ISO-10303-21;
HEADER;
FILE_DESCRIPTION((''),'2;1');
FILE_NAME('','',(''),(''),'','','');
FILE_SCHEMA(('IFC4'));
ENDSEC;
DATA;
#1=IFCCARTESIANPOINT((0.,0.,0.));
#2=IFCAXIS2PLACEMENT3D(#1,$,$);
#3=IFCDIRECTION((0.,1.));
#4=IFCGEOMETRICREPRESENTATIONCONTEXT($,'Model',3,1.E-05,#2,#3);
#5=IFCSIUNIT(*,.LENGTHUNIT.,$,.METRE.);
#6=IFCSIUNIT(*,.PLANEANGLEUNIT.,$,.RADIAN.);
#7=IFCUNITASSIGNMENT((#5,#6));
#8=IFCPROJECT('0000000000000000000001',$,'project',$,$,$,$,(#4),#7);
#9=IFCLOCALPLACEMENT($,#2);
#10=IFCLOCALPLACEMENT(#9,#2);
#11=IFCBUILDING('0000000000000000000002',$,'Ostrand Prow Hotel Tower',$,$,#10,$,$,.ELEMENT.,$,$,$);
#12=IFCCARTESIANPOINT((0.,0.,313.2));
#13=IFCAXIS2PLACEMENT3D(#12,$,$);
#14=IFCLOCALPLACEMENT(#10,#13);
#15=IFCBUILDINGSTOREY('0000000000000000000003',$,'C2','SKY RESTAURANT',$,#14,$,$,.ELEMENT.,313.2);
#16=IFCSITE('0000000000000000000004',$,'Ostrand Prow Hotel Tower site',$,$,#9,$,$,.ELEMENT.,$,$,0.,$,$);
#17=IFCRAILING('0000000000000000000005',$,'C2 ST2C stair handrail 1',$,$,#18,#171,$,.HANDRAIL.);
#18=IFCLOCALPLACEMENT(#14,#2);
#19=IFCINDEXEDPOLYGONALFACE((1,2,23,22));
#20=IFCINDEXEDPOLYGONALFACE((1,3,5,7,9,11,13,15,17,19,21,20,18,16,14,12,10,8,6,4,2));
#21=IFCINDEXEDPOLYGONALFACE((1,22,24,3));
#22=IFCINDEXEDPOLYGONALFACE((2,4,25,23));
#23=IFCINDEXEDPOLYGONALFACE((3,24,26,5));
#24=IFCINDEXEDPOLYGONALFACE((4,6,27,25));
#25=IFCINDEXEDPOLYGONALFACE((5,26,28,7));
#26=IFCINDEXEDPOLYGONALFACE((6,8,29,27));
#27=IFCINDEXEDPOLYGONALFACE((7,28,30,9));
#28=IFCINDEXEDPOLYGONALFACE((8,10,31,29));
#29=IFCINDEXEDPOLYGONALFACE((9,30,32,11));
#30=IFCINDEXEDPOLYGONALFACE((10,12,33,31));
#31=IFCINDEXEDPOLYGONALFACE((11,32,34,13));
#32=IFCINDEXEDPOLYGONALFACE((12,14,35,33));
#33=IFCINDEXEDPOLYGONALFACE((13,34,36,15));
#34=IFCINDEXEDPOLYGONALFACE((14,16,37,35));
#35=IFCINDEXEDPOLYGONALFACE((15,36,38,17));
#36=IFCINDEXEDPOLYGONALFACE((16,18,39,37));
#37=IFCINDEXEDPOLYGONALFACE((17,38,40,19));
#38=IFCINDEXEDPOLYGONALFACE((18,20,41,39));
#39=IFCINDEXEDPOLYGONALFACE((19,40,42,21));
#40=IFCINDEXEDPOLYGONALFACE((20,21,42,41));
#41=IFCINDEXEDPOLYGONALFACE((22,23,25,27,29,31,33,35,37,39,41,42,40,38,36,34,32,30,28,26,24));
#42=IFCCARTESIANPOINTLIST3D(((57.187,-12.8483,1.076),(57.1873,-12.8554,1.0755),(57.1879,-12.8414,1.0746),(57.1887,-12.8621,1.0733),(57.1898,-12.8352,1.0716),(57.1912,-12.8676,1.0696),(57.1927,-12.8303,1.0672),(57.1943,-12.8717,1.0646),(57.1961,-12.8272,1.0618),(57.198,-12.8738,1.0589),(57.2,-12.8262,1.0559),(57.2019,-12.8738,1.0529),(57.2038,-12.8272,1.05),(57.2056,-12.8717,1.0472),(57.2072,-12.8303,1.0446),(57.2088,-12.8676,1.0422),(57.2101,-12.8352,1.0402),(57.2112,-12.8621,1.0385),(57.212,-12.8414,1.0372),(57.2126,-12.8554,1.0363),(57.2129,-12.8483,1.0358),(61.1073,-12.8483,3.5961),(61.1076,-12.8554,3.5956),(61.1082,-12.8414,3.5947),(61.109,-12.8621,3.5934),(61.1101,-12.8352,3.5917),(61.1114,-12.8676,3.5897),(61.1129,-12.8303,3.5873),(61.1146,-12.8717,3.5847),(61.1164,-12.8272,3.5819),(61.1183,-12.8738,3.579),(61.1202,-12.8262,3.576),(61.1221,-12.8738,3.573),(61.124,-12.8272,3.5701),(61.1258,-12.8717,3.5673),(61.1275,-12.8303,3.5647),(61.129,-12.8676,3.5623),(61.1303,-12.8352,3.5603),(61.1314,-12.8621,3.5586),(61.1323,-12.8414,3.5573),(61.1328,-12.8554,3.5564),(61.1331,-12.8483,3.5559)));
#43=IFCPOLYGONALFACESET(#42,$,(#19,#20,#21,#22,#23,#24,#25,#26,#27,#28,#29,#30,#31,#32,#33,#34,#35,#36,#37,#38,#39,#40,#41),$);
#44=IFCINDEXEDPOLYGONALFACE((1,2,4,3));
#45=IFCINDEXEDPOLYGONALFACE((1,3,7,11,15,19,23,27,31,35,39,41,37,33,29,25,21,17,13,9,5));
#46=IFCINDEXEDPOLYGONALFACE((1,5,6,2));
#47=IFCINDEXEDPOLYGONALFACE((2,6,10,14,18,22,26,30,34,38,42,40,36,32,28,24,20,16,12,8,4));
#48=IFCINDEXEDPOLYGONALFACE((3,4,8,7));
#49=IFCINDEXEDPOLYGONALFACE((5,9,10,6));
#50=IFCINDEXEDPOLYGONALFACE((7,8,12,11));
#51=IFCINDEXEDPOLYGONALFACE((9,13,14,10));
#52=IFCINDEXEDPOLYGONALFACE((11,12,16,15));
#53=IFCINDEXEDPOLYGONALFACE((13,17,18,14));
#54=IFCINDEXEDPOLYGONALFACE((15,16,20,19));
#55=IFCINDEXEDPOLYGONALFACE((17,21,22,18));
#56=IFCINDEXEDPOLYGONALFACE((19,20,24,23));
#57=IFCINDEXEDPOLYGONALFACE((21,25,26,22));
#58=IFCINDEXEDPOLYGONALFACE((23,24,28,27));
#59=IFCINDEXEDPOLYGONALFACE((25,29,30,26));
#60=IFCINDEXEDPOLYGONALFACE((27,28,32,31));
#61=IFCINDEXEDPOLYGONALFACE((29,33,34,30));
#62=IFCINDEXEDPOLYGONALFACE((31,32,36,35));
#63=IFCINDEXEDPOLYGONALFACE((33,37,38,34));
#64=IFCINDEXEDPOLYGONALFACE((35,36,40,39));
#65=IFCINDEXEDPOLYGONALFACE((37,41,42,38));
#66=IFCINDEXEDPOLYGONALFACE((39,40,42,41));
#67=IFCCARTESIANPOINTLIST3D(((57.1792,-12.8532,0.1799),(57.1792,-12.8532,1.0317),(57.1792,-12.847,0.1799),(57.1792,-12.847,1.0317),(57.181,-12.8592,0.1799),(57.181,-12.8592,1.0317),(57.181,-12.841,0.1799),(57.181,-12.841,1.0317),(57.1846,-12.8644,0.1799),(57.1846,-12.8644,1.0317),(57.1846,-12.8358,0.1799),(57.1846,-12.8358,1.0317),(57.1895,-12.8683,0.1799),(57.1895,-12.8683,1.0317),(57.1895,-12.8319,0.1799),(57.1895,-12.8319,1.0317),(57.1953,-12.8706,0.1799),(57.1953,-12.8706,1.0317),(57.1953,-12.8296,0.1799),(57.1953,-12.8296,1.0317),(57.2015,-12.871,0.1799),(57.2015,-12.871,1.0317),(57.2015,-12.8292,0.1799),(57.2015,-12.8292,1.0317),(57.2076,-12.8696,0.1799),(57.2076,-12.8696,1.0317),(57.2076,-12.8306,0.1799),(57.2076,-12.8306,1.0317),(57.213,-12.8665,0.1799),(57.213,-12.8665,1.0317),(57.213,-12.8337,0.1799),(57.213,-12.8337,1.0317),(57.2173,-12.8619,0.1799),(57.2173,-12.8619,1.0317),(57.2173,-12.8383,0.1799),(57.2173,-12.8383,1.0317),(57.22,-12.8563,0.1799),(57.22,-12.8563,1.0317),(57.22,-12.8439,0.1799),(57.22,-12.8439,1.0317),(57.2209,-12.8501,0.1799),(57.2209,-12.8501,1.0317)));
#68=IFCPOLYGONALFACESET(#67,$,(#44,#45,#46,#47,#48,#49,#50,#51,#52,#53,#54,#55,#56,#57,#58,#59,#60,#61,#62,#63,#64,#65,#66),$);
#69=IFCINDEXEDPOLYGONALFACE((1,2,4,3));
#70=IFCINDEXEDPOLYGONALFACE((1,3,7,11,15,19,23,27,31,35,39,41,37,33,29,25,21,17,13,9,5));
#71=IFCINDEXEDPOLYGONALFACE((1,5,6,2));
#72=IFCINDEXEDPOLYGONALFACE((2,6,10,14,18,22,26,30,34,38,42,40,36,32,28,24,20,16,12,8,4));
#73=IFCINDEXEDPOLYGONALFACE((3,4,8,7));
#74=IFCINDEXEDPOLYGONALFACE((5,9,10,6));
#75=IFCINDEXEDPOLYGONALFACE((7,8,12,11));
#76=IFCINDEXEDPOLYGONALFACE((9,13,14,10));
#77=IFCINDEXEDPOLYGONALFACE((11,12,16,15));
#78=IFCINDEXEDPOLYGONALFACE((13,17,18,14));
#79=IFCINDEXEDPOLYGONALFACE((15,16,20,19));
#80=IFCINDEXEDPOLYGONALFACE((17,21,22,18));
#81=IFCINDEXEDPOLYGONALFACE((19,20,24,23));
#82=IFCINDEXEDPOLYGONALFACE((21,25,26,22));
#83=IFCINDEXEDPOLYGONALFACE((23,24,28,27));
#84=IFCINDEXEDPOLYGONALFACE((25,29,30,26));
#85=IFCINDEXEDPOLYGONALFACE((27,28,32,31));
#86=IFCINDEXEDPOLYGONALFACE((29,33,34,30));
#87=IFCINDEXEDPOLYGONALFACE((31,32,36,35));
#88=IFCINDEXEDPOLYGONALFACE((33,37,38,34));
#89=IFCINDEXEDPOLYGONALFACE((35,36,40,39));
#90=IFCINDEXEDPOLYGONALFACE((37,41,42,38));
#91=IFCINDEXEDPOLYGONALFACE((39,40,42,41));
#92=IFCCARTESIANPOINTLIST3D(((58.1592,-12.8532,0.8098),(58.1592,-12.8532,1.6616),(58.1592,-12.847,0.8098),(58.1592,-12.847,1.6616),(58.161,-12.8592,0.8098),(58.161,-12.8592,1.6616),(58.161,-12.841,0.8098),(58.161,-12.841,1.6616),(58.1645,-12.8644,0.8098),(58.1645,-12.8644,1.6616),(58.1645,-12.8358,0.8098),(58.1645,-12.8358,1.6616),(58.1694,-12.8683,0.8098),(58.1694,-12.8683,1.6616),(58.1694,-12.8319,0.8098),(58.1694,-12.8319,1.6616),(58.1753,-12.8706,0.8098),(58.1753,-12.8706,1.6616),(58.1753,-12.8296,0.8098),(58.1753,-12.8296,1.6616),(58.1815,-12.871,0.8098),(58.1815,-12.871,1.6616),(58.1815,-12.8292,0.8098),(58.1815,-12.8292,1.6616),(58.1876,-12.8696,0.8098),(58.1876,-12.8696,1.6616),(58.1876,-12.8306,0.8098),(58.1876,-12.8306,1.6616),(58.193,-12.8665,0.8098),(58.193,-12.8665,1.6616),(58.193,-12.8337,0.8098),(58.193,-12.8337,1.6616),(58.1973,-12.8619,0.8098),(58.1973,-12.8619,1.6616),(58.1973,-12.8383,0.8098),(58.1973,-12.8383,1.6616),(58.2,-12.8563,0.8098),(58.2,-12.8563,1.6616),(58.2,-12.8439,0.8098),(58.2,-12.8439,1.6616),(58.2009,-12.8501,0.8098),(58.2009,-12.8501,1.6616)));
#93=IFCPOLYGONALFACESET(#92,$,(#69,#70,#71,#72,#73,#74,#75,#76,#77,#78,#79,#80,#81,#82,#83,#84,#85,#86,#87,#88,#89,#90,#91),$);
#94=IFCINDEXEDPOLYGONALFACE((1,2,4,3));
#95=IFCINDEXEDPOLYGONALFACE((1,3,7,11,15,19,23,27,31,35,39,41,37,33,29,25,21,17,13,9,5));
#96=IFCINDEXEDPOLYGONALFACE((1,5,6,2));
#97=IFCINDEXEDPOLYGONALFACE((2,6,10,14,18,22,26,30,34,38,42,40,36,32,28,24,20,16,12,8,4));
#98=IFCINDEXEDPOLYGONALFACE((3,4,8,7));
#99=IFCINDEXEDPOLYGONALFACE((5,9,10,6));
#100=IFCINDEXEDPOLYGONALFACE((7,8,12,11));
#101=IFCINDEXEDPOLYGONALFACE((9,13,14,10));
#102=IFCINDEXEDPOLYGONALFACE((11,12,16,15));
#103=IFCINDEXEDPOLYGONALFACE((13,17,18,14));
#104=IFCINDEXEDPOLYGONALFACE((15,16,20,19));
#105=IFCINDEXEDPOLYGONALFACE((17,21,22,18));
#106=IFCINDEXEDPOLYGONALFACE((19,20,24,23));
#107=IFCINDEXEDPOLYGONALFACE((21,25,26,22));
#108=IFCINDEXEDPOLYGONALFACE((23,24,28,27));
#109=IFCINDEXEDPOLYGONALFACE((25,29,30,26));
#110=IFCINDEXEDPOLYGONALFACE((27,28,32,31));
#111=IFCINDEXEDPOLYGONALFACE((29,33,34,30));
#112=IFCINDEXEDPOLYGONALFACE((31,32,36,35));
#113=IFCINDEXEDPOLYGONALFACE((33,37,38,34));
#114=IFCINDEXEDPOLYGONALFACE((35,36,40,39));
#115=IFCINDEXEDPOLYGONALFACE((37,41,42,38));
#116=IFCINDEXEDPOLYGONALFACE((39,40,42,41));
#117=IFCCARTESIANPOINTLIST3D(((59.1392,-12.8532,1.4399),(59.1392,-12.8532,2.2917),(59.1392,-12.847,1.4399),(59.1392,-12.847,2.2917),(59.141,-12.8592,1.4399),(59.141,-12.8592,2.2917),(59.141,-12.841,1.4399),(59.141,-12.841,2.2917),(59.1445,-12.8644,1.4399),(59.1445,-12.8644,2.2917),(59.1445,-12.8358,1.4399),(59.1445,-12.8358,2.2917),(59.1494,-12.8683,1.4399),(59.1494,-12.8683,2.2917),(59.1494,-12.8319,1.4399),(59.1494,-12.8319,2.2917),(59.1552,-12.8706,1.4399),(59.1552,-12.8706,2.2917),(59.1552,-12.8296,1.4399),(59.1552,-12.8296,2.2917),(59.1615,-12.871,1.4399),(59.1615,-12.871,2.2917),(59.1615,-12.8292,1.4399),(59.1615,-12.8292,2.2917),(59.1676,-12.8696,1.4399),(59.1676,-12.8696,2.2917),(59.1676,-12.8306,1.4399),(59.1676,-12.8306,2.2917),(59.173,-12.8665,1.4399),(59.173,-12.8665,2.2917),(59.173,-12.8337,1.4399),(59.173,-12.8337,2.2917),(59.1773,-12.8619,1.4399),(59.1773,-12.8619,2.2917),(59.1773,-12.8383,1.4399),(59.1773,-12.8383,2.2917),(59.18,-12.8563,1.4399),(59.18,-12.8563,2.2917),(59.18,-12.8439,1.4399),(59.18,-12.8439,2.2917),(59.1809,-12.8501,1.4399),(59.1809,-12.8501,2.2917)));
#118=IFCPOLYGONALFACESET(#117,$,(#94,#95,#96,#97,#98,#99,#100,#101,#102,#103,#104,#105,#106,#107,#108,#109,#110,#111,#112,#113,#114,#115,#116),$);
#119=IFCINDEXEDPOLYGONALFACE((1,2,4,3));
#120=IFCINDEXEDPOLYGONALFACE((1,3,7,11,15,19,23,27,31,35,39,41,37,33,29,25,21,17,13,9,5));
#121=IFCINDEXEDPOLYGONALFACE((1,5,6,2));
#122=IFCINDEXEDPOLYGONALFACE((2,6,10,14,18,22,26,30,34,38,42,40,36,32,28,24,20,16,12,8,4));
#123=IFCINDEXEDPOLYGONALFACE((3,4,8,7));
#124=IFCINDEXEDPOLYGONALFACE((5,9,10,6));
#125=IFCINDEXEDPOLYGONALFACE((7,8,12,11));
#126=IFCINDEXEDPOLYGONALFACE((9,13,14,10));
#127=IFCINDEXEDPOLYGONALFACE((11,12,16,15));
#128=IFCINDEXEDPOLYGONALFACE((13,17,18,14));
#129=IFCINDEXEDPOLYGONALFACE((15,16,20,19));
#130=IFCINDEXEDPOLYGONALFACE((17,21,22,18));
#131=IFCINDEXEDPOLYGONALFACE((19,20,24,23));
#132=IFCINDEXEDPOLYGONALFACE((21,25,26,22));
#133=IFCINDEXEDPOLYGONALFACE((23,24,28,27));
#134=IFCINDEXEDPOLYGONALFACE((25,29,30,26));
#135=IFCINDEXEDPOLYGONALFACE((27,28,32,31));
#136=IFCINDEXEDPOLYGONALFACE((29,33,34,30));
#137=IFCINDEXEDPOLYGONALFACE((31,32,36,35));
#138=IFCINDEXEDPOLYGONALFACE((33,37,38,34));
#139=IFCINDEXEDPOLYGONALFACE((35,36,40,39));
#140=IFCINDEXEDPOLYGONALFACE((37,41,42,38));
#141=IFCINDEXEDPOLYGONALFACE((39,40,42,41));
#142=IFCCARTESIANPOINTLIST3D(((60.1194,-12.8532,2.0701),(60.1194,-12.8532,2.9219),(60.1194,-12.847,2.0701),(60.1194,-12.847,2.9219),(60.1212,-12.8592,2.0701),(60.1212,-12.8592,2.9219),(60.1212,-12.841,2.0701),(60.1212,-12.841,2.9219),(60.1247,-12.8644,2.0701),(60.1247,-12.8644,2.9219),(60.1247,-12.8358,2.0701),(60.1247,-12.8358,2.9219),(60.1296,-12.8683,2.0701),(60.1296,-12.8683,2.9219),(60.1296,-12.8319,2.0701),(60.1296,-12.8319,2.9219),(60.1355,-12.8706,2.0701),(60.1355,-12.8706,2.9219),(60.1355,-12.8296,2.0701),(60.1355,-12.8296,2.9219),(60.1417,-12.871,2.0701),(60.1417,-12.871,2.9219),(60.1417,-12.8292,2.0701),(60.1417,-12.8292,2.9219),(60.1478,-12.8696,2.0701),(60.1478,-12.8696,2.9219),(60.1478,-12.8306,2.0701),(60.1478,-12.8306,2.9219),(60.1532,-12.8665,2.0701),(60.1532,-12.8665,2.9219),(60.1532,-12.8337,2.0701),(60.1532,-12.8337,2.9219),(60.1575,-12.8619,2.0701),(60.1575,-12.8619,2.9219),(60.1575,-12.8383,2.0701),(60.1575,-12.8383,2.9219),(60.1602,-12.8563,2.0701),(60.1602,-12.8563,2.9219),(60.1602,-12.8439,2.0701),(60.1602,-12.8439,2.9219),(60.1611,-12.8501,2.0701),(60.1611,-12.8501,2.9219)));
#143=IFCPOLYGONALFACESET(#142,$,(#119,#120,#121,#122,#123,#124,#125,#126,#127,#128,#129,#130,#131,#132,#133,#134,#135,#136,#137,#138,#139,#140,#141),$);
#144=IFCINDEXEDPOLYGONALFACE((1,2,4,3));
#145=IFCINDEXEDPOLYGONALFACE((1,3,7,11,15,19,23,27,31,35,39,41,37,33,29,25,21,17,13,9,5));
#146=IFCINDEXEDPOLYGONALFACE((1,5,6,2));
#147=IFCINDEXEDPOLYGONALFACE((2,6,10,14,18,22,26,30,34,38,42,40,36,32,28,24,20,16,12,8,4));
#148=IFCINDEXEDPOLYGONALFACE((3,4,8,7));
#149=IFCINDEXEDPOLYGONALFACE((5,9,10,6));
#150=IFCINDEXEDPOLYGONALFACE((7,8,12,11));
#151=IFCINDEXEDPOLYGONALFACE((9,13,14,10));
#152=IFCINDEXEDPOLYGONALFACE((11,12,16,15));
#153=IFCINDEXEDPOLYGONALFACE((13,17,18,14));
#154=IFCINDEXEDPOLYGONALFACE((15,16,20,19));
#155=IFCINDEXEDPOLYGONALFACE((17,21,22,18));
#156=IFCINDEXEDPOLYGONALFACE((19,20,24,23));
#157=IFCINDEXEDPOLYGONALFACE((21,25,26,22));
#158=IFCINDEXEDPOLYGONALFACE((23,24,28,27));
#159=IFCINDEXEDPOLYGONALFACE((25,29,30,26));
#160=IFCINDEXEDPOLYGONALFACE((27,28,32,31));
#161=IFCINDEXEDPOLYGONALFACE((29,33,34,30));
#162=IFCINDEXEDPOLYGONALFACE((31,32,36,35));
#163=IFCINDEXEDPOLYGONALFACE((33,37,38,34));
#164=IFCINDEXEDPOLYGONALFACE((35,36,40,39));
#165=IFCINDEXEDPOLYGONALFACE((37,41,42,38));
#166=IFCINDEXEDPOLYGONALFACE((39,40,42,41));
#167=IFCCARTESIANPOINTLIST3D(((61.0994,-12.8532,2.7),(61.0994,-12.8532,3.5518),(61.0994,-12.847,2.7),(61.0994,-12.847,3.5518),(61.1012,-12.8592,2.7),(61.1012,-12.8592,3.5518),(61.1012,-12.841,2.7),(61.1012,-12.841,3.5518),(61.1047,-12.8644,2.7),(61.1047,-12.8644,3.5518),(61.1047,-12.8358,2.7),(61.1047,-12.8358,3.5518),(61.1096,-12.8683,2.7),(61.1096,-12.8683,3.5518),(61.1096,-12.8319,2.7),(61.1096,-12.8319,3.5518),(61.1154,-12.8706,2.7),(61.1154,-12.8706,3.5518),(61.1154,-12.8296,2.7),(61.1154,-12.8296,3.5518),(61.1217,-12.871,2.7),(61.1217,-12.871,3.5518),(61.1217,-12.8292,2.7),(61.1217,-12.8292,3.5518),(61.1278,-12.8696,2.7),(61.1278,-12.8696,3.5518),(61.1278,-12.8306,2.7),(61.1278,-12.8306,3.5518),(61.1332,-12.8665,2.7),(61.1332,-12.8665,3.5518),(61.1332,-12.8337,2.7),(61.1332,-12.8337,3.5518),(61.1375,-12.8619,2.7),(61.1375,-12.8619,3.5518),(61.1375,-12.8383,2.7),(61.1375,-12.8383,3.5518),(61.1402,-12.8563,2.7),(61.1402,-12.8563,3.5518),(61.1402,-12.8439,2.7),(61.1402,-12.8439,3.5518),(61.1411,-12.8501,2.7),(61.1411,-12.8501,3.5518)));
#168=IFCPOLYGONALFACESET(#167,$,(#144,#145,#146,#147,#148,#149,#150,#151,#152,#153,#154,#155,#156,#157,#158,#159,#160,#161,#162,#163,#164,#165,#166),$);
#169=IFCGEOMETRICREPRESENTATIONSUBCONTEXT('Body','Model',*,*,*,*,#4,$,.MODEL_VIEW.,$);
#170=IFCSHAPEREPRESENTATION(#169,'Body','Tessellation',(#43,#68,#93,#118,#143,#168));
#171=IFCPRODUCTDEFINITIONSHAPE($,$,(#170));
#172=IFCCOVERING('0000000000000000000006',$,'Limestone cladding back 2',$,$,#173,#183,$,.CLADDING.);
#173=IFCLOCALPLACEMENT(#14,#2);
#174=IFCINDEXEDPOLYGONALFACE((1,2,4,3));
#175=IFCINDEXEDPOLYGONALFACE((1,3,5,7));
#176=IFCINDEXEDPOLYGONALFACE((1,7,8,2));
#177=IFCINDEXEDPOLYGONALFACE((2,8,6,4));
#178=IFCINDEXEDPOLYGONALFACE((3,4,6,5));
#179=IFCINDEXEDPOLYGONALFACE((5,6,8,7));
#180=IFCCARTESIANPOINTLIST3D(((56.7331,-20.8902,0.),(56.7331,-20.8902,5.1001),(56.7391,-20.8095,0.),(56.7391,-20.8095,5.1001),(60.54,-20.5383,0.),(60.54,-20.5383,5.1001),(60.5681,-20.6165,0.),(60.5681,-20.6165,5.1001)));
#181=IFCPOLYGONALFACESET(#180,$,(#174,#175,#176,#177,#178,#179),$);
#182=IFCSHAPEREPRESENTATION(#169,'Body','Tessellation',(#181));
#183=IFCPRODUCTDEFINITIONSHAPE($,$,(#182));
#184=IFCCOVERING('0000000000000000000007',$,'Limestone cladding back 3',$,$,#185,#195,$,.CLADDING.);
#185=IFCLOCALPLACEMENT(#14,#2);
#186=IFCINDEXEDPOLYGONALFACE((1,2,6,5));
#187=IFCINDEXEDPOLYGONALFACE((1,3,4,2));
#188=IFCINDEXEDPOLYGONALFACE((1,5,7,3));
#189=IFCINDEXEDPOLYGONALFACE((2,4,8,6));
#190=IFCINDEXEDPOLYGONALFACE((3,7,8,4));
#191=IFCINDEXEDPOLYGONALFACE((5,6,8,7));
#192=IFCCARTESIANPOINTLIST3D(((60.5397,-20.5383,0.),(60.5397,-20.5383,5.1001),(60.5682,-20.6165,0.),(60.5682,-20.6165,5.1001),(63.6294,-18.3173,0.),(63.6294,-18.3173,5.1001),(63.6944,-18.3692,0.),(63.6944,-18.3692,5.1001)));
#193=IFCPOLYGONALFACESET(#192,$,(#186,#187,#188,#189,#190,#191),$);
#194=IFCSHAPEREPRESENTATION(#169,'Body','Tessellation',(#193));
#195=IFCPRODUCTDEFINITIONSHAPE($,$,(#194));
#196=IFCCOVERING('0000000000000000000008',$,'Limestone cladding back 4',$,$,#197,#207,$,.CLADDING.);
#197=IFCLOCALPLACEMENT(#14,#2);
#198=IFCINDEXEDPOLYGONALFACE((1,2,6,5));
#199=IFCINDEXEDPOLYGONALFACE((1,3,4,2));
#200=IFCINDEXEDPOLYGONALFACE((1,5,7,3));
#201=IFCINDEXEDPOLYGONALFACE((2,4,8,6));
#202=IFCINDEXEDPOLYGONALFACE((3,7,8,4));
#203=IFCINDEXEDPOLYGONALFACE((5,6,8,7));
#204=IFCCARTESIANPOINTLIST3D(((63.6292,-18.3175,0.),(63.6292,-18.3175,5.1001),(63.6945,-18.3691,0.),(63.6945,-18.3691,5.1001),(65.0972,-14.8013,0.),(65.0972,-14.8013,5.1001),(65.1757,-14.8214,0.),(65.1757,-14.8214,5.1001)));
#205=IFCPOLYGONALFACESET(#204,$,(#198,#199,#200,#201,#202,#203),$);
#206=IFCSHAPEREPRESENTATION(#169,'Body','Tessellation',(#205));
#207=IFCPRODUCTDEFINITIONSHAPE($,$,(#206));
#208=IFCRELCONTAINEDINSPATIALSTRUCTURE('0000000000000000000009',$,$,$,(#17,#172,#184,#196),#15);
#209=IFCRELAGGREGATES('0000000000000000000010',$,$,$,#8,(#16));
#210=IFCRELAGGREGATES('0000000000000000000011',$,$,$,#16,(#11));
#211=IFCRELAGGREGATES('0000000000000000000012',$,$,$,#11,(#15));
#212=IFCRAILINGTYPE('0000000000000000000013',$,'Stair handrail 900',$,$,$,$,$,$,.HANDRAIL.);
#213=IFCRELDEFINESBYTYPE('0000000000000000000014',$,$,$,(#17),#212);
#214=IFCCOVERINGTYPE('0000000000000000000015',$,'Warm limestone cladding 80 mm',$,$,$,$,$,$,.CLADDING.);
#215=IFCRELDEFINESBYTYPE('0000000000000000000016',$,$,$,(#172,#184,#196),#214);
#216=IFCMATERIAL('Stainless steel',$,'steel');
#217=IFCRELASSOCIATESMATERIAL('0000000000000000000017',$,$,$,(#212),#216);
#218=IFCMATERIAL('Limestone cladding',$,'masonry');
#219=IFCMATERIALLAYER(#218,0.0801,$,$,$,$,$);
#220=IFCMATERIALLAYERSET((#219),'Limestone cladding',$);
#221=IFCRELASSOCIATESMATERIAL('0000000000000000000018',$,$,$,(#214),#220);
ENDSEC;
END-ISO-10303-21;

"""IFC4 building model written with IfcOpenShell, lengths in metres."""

from ifc_helpers import new_model, si_unit, direction, frame, origin, origin_2d, place, context, subcontext, project, spatial, polyline, circle, outline, extrude, material, layer, layer_set, type_object, element, save


model = new_model("IFC4")

# Units and contexts
model_context = context("Model", 3, precision=1e-05, world=origin(), true_north=direction((0.0, 1.0)))
body_context = subcontext(model_context, "Body", "Model", "MODEL_VIEW")
ifc_project = project(units=[si_unit("LENGTHUNIT", "METRE"), si_unit("PLANEANGLEUNIT", "RADIAN")], contexts=[model_context])

# Site, building, storey
site_placement = place(None, origin())
site = spatial("IfcSite", under=ifc_project, at=site_placement, Name="Ostrand Prow Hotel Tower site", CompositionType="ELEMENT", RefElevation=0.0)
building_placement = place(site_placement, origin())
building = spatial("IfcBuilding", under=site, at=building_placement, Name="Ostrand Prow Hotel Tower", CompositionType="ELEMENT")
storey_placement = place(building_placement, frame((0.0, 0.0, 313.2)))
storey = spatial("IfcBuildingStorey", under=building, at=storey_placement, Name="C2", Description="SKY RESTAURANT", CompositionType="ELEMENT", Elevation=313.2)

# Railing
ifc_material_1 = material(Name="Stainless steel", Category="steel")
railing_type_1 = type_object("IfcRailingType", Name="Stair handrail 900", PredefinedType="HANDRAIL", material=ifc_material_1)
railing_1_placement = place(storey_placement, frame((57.2, -12.8501, 0.1799)))
element("IfcRailing", 1, at=railing_1_placement, inside=storey, type_object=railing_type_1, Name="C2 ST2C stair handrail 1", PredefinedType="HANDRAIL", context=body_context, shape_type="SweptSolid", body=[
    extrude(circle(Radius=0.0239, at=origin_2d()), frame((0.0, 0.0, 0.876), z_axis=(0.841187, 0.0, 0.540744), x_axis=(0.0, 1.0, 0.0)), (0.0, 0.0, 1.0), 4.6604),
    extrude(circle(Radius=0.021, at=origin_2d()), origin(), (0.0, 0.0, 1.0), 0.8518),
    extrude(circle(Radius=0.021, at=origin_2d()), frame((0.98, 0.0, 0.6299)), (0.0, 0.0, 1.0), 0.8518),
    extrude(circle(Radius=0.021, at=origin_2d()), frame((1.96, 0.0, 1.26)), (0.0, 0.0, 1.0), 0.8518),
    extrude(circle(Radius=0.021, at=origin_2d()), frame((2.9402, 0.0, 1.8901)), (0.0, 0.0, 1.0), 0.8518),
    extrude(circle(Radius=0.021, at=origin_2d()), frame((3.9202, 0.0, 2.52)), (0.0, 0.0, 1.0), 0.8518),
])

# Coverings
ifc_material_2 = material(Name="Limestone cladding", Category="masonry")
ifc_layer_1 = layer(ifc_material_2, 0.0801)
ifc_layer_set_1 = layer_set([ifc_layer_1], Name="Limestone cladding")
covering_type = type_object("IfcCoveringType", Name="Warm limestone cladding 80 mm", PredefinedType="CLADDING", material=ifc_layer_set_1)
covering_1_placement = place(storey_placement, frame((56.7361, -20.8499, 0.0), z_axis=(0.0, 0.0, 1.0), x_axis=(0.997463, 0.071184, 0.0)))
element("IfcCovering", 2, at=covering_1_placement, inside=storey, type_object=covering_type, Name="Limestone cladding back 2", PredefinedType="CLADDING", context=body_context, shape_type="SweptSolid", body=[
    extrude(outline(polyline([(-0.0059, -0.04), (3.8389, -0.04), (3.8164, 0.04), (0.0059, 0.04), (-0.0059, -0.04)])), origin(), (0.0, 0.0, 1.0), 5.1001),
])
covering_2_placement = place(storey_placement, frame((60.554, -20.5774, 0.0), z_axis=(0.0, 0.0, 1.0), x_axis=(0.811976, 0.583691, 0.0)))
element("IfcCovering", 3, at=covering_2_placement, inside=storey, type_object=covering_type, Name="Limestone cladding back 3", PredefinedType="CLADDING", context=body_context, shape_type="SweptSolid", body=[
    extrude(outline(polyline([(-0.0112, -0.04), (3.8389, -0.04), (3.8164, 0.04), (0.0112, 0.04), (-0.0112, -0.04)])), origin(), (0.0, 0.0, 1.0), 5.1001),
])
covering_3_placement = place(storey_placement, frame((63.6619, -18.3433, 0.0), z_axis=(0.0, 0.0, 1.0), x_axis=(0.385272, 0.922803, 0.0)))
element("IfcCovering", 4, at=covering_3_placement, inside=storey, type_object=covering_type, Name="Limestone cladding back 4", PredefinedType="CLADDING", context=body_context, shape_type="SweptSolid", body=[
    extrude(outline(polyline([(-0.0112, -0.04), (3.8333, -0.04), (3.8215, 0.04), (0.0112, 0.04), (-0.0112, -0.04)])), origin(), (0.0, 0.0, 1.0), 5.1001),
])

save(model, "model.ifc")
